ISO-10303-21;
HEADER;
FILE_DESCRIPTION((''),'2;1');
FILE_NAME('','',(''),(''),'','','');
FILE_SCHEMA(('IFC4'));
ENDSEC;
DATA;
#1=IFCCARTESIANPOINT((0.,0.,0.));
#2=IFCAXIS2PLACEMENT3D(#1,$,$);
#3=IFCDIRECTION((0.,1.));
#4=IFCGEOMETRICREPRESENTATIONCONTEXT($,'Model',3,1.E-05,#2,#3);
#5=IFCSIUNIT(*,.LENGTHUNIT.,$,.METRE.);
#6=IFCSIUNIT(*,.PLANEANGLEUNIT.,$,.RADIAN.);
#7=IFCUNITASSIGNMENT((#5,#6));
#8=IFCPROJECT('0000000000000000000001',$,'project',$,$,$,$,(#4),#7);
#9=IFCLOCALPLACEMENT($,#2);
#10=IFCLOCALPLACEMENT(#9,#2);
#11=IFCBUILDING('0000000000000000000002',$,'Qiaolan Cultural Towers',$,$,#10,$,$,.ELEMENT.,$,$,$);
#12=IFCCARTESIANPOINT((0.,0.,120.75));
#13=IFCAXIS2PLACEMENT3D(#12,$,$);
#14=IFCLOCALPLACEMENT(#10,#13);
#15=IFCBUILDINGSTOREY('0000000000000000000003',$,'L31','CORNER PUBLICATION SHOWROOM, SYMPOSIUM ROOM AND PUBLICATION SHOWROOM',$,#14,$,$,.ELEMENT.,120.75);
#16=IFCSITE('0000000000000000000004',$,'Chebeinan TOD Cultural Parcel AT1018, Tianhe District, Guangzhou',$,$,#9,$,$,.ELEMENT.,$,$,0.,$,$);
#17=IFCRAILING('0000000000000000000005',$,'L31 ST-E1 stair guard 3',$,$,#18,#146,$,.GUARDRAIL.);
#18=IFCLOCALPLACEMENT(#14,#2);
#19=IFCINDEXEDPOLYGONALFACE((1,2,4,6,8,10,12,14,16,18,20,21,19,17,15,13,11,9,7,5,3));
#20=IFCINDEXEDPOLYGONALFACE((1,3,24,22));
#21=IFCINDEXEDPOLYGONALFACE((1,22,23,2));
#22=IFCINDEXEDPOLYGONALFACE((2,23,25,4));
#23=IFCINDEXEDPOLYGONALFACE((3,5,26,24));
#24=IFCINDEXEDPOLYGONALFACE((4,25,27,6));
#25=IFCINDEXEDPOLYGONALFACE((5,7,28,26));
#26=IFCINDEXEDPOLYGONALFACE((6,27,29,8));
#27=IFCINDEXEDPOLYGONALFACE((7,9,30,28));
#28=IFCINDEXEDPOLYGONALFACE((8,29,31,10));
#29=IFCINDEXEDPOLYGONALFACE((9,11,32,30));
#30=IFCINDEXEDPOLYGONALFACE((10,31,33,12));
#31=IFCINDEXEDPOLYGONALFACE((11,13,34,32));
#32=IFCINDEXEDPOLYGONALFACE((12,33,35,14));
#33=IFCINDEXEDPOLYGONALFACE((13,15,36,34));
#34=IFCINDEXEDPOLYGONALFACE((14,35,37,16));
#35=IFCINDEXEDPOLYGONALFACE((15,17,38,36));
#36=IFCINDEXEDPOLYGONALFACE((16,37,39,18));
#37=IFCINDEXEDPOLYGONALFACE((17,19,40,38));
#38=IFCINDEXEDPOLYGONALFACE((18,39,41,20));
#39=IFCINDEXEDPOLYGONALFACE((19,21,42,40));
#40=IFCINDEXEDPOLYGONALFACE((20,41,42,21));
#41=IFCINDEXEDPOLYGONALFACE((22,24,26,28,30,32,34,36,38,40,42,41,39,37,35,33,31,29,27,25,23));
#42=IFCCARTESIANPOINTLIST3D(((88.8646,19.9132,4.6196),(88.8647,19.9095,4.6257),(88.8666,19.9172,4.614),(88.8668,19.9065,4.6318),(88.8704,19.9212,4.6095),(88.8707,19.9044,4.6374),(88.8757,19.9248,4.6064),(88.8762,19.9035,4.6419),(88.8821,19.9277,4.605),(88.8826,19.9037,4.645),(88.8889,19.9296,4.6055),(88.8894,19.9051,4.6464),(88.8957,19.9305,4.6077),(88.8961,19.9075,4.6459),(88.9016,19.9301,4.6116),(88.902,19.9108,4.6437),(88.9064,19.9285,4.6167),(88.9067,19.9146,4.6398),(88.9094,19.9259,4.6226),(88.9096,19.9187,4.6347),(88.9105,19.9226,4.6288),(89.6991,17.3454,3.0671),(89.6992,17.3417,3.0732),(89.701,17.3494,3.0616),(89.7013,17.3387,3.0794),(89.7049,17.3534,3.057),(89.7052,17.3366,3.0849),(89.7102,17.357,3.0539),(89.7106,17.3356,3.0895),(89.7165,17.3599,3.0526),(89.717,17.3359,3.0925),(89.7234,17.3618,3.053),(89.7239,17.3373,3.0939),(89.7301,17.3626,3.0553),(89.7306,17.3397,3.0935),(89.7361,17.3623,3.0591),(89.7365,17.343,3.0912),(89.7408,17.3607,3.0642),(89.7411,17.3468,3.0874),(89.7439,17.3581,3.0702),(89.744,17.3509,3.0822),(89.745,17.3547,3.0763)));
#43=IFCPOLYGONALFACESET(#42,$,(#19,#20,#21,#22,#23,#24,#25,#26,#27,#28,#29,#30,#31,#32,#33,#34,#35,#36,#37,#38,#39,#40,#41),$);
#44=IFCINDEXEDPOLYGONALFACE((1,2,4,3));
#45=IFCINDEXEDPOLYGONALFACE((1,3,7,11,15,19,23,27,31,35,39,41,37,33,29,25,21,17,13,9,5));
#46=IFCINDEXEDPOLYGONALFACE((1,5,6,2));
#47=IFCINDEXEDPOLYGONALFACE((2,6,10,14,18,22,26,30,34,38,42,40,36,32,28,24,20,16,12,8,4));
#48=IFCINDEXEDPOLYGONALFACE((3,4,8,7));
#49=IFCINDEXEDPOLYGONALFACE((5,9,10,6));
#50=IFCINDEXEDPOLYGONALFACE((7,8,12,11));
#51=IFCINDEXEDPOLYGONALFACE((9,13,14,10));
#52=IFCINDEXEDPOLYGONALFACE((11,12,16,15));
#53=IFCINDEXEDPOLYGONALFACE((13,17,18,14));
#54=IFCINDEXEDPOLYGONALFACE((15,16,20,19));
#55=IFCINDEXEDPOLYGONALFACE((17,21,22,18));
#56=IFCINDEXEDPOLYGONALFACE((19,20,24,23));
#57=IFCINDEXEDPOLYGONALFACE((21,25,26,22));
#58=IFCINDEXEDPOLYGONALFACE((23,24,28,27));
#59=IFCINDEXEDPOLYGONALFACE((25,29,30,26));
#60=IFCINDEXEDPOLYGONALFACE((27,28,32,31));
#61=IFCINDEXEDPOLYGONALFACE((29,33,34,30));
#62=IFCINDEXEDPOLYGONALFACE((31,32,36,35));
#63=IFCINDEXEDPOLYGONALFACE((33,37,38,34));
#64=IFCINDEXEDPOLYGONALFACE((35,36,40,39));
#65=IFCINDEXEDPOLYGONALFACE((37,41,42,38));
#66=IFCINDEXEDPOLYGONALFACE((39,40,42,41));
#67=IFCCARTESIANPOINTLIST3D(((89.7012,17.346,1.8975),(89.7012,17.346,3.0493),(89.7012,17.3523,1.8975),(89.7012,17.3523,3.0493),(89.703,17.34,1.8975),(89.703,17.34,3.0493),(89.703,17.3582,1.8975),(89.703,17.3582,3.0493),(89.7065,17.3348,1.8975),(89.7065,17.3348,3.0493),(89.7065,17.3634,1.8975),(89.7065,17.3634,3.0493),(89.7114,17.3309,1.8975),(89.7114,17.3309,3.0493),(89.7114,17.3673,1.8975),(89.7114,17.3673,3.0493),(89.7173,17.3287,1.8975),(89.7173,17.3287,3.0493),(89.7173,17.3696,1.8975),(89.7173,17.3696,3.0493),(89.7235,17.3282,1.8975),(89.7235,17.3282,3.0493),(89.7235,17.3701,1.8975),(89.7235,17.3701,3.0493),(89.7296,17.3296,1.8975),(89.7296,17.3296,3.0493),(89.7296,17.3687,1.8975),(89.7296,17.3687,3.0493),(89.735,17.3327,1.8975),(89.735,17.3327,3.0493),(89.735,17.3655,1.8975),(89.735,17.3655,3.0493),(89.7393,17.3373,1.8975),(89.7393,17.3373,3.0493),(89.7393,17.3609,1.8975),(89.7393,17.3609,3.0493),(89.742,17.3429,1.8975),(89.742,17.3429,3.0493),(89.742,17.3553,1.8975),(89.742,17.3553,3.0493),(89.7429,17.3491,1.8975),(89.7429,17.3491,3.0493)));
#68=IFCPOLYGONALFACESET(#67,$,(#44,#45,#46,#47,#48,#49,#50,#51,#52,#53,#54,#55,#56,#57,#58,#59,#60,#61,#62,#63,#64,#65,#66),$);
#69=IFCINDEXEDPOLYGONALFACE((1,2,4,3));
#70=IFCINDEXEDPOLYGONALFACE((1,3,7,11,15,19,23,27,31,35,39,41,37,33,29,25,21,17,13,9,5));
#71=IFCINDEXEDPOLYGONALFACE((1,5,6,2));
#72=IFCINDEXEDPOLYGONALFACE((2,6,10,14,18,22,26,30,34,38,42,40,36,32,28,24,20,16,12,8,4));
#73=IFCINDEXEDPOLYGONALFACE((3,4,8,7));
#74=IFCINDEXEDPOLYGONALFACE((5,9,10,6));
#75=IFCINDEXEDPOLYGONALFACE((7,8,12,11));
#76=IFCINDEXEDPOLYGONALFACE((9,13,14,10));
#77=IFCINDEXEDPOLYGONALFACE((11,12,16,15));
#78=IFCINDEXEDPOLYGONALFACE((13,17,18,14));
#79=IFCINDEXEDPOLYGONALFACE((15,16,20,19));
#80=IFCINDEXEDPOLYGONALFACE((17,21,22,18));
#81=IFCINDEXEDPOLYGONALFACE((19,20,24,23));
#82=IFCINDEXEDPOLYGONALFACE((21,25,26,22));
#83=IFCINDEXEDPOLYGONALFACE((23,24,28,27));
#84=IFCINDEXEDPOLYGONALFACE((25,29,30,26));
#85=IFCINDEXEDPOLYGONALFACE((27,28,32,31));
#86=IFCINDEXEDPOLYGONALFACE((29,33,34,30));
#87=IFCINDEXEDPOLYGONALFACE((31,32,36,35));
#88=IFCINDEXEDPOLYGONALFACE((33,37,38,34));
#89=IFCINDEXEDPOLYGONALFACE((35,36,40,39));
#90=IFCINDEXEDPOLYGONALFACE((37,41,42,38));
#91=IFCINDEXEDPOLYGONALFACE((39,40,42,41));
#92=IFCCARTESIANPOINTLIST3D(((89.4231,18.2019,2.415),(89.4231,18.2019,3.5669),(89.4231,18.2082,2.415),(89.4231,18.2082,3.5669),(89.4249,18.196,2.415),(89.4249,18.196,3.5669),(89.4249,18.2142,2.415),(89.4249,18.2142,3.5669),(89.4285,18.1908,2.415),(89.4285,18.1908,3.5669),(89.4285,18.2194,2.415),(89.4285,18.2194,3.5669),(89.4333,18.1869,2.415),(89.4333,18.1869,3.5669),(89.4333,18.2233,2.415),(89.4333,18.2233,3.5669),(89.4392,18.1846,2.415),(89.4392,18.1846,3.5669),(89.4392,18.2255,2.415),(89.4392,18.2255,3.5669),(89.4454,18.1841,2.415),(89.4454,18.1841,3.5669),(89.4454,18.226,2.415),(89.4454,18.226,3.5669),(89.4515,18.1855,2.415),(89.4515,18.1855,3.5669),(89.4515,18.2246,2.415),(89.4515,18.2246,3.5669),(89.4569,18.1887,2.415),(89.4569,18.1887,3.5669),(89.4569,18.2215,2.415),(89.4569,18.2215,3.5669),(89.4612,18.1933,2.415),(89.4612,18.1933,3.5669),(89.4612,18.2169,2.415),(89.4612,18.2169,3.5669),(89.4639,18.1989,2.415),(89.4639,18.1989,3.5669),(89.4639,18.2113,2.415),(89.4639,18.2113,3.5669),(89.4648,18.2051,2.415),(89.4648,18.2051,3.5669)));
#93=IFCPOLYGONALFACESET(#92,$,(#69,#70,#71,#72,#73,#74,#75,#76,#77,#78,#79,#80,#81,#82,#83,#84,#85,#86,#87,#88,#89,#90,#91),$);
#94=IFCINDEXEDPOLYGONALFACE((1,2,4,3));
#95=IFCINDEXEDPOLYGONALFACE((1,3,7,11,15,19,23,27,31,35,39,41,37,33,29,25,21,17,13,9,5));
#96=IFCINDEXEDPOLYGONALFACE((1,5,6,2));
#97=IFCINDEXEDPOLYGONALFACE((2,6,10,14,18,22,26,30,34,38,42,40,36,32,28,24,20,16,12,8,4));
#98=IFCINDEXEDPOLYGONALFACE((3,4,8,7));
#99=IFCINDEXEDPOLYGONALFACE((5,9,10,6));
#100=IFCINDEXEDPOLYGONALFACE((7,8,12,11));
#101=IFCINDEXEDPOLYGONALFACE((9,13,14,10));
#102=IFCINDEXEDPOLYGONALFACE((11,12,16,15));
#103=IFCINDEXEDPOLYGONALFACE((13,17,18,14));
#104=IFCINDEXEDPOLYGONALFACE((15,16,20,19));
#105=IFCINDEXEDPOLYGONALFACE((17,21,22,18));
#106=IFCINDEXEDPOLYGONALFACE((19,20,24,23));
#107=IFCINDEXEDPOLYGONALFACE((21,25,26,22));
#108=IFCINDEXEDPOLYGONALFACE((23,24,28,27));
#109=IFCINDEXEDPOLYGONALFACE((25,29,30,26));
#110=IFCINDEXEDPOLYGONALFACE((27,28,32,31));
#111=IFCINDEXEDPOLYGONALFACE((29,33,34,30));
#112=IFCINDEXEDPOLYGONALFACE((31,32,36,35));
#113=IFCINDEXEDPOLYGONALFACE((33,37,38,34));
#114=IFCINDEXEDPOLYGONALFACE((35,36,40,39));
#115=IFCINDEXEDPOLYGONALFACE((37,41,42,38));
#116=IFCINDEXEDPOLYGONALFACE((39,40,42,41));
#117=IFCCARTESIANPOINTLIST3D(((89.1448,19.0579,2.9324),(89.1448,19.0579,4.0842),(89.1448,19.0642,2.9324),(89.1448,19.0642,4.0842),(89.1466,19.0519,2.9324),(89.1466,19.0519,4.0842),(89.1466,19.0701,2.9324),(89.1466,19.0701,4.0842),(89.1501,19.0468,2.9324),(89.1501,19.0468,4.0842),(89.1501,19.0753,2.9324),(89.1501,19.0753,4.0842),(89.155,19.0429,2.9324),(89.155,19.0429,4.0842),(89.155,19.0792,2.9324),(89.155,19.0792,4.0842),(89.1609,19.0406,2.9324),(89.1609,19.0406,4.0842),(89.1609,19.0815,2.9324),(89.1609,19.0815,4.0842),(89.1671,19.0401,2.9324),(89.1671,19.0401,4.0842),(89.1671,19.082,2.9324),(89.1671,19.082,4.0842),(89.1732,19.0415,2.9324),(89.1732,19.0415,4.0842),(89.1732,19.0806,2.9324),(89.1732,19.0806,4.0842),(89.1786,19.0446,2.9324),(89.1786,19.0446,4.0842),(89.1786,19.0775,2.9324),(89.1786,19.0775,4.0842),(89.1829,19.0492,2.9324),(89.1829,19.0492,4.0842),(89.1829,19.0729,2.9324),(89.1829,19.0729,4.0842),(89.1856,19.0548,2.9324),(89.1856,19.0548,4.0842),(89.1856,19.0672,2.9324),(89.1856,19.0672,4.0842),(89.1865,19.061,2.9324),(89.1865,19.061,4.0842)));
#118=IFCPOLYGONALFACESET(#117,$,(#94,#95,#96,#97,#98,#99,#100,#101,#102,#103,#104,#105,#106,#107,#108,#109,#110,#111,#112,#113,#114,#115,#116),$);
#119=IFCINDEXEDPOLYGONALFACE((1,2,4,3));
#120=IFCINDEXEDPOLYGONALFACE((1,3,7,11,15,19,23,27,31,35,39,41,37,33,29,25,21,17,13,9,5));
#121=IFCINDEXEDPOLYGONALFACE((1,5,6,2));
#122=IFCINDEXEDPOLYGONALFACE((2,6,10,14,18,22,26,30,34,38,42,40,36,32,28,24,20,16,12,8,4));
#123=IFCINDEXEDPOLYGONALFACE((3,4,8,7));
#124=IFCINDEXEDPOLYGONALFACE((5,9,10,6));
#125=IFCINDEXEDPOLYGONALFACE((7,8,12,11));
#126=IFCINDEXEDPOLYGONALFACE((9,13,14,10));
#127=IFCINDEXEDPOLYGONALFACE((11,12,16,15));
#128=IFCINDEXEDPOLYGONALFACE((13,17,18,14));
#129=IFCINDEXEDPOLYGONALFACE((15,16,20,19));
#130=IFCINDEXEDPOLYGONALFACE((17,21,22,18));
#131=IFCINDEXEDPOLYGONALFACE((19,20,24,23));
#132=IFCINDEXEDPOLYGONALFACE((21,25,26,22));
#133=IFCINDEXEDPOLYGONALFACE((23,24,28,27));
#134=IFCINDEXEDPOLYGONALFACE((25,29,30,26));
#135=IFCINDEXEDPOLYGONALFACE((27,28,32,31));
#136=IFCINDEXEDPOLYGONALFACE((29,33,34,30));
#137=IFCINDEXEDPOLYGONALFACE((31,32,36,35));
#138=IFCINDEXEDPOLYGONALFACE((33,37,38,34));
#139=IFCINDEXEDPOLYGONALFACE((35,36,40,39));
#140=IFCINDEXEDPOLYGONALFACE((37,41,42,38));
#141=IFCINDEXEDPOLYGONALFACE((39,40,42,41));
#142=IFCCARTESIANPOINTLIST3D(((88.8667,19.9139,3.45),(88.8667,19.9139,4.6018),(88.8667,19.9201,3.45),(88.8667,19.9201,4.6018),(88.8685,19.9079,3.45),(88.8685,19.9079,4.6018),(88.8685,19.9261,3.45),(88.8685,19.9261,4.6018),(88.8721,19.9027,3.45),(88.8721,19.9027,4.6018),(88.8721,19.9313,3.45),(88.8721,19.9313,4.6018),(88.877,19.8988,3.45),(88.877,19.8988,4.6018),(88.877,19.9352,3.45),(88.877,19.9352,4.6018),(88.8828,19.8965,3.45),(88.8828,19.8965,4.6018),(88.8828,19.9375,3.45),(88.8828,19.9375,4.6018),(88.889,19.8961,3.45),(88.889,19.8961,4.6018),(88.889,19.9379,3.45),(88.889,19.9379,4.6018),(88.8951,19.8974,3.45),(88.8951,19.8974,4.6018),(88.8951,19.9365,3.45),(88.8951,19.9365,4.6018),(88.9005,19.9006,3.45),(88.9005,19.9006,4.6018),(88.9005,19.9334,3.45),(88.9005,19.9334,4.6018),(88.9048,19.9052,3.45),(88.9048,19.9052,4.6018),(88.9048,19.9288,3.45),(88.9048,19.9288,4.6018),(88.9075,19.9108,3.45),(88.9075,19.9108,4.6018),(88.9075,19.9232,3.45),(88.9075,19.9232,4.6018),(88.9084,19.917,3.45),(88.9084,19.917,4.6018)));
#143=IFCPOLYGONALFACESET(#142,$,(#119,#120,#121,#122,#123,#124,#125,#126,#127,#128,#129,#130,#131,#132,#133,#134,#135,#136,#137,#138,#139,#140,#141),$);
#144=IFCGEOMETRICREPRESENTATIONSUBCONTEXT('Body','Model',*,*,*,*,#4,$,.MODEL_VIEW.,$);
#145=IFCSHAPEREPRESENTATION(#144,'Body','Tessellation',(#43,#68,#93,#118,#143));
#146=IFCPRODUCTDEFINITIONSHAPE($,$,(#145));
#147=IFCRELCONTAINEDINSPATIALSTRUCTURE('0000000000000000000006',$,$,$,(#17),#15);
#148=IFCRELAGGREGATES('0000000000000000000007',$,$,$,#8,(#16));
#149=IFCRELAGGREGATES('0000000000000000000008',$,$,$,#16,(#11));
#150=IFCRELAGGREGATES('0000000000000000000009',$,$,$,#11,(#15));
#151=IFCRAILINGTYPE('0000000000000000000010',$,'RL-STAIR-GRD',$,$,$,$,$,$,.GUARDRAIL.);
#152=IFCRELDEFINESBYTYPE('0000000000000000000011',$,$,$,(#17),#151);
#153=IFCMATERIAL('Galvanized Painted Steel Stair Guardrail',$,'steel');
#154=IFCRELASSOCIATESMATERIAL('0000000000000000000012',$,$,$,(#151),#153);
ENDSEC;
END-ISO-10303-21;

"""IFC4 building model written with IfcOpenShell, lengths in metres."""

from ifc_helpers import new_model, si_unit, direction, frame, origin, origin_2d, place, context, subcontext, project, spatial, circle, extrude, material, type_object, element, save


model = new_model("IFC4")

# Units and contexts
model_context = context("Model", 3, precision=1e-05, world=origin(), true_north=direction((0.0, 1.0)))
body_context = subcontext(model_context, "Body", "Model", "MODEL_VIEW")
ifc_project = project(units=[si_unit("LENGTHUNIT", "METRE"), si_unit("PLANEANGLEUNIT", "RADIAN")], contexts=[model_context])

# Site, building, storey
site_placement = place(None, origin())
site = spatial("IfcSite", under=ifc_project, at=site_placement, Name="Chebeinan TOD Cultural Parcel AT1018, Tianhe District, Guangzhou", CompositionType="ELEMENT", RefElevation=0.0)
building_placement = place(site_placement, origin())
building = spatial("IfcBuilding", under=site, at=building_placement, Name="Qiaolan Cultural Towers", CompositionType="ELEMENT")
storey_placement = place(building_placement, frame((0.0, 0.0, 120.75)))
storey = spatial("IfcBuildingStorey", under=building, at=storey_placement, Name="L31", Description="CORNER PUBLICATION SHOWROOM, SYMPOSIUM ROOM AND PUBLICATION SHOWROOM", CompositionType="ELEMENT", Elevation=120.75)

# Railing
ifc_material_1 = material(Name="Galvanized Painted Steel Stair Guardrail", Category="steel")
railing_type_1 = type_object("IfcRailingType", Name="RL-STAIR-GRD", PredefinedType="GUARDRAIL", material=ifc_material_1)
railing_1_placement = place(storey_placement, frame((89.7219, 17.3491, 1.8975)))
element("IfcRailing", 1, at=railing_1_placement, inside=storey, type_object=railing_type_1, Name="L31 ST-E1 stair guard 3", PredefinedType="GUARDRAIL", context=body_context, shape_type="SweptSolid", body=[
    extrude(circle(Radius=0.0239, at=origin_2d()), frame((0.0, 0.0, 1.1758), z_axis=(-0.267926, 0.824471, 0.498461), x_axis=(-0.951043, -0.309057, 0.0)), (0.0, 0.0, 1.0), 3.1145),
    extrude(circle(Radius=0.021, at=origin_2d()), origin(), (0.0, 0.0, 1.0), 1.1519),
    extrude(circle(Radius=0.021, at=origin_2d()), frame((-0.2781, 0.856, 0.5176)), (0.0, 0.0, 1.0), 1.1519),
    extrude(circle(Radius=0.021, at=origin_2d()), frame((-0.5564, 1.7119, 1.0349)), (0.0, 0.0, 1.0), 1.1519),
    extrude(circle(Radius=0.021, at=origin_2d()), frame((-0.8345, 2.5679, 1.5525)), (0.0, 0.0, 1.0), 1.1519),
])

save(model, "model.ifc")
